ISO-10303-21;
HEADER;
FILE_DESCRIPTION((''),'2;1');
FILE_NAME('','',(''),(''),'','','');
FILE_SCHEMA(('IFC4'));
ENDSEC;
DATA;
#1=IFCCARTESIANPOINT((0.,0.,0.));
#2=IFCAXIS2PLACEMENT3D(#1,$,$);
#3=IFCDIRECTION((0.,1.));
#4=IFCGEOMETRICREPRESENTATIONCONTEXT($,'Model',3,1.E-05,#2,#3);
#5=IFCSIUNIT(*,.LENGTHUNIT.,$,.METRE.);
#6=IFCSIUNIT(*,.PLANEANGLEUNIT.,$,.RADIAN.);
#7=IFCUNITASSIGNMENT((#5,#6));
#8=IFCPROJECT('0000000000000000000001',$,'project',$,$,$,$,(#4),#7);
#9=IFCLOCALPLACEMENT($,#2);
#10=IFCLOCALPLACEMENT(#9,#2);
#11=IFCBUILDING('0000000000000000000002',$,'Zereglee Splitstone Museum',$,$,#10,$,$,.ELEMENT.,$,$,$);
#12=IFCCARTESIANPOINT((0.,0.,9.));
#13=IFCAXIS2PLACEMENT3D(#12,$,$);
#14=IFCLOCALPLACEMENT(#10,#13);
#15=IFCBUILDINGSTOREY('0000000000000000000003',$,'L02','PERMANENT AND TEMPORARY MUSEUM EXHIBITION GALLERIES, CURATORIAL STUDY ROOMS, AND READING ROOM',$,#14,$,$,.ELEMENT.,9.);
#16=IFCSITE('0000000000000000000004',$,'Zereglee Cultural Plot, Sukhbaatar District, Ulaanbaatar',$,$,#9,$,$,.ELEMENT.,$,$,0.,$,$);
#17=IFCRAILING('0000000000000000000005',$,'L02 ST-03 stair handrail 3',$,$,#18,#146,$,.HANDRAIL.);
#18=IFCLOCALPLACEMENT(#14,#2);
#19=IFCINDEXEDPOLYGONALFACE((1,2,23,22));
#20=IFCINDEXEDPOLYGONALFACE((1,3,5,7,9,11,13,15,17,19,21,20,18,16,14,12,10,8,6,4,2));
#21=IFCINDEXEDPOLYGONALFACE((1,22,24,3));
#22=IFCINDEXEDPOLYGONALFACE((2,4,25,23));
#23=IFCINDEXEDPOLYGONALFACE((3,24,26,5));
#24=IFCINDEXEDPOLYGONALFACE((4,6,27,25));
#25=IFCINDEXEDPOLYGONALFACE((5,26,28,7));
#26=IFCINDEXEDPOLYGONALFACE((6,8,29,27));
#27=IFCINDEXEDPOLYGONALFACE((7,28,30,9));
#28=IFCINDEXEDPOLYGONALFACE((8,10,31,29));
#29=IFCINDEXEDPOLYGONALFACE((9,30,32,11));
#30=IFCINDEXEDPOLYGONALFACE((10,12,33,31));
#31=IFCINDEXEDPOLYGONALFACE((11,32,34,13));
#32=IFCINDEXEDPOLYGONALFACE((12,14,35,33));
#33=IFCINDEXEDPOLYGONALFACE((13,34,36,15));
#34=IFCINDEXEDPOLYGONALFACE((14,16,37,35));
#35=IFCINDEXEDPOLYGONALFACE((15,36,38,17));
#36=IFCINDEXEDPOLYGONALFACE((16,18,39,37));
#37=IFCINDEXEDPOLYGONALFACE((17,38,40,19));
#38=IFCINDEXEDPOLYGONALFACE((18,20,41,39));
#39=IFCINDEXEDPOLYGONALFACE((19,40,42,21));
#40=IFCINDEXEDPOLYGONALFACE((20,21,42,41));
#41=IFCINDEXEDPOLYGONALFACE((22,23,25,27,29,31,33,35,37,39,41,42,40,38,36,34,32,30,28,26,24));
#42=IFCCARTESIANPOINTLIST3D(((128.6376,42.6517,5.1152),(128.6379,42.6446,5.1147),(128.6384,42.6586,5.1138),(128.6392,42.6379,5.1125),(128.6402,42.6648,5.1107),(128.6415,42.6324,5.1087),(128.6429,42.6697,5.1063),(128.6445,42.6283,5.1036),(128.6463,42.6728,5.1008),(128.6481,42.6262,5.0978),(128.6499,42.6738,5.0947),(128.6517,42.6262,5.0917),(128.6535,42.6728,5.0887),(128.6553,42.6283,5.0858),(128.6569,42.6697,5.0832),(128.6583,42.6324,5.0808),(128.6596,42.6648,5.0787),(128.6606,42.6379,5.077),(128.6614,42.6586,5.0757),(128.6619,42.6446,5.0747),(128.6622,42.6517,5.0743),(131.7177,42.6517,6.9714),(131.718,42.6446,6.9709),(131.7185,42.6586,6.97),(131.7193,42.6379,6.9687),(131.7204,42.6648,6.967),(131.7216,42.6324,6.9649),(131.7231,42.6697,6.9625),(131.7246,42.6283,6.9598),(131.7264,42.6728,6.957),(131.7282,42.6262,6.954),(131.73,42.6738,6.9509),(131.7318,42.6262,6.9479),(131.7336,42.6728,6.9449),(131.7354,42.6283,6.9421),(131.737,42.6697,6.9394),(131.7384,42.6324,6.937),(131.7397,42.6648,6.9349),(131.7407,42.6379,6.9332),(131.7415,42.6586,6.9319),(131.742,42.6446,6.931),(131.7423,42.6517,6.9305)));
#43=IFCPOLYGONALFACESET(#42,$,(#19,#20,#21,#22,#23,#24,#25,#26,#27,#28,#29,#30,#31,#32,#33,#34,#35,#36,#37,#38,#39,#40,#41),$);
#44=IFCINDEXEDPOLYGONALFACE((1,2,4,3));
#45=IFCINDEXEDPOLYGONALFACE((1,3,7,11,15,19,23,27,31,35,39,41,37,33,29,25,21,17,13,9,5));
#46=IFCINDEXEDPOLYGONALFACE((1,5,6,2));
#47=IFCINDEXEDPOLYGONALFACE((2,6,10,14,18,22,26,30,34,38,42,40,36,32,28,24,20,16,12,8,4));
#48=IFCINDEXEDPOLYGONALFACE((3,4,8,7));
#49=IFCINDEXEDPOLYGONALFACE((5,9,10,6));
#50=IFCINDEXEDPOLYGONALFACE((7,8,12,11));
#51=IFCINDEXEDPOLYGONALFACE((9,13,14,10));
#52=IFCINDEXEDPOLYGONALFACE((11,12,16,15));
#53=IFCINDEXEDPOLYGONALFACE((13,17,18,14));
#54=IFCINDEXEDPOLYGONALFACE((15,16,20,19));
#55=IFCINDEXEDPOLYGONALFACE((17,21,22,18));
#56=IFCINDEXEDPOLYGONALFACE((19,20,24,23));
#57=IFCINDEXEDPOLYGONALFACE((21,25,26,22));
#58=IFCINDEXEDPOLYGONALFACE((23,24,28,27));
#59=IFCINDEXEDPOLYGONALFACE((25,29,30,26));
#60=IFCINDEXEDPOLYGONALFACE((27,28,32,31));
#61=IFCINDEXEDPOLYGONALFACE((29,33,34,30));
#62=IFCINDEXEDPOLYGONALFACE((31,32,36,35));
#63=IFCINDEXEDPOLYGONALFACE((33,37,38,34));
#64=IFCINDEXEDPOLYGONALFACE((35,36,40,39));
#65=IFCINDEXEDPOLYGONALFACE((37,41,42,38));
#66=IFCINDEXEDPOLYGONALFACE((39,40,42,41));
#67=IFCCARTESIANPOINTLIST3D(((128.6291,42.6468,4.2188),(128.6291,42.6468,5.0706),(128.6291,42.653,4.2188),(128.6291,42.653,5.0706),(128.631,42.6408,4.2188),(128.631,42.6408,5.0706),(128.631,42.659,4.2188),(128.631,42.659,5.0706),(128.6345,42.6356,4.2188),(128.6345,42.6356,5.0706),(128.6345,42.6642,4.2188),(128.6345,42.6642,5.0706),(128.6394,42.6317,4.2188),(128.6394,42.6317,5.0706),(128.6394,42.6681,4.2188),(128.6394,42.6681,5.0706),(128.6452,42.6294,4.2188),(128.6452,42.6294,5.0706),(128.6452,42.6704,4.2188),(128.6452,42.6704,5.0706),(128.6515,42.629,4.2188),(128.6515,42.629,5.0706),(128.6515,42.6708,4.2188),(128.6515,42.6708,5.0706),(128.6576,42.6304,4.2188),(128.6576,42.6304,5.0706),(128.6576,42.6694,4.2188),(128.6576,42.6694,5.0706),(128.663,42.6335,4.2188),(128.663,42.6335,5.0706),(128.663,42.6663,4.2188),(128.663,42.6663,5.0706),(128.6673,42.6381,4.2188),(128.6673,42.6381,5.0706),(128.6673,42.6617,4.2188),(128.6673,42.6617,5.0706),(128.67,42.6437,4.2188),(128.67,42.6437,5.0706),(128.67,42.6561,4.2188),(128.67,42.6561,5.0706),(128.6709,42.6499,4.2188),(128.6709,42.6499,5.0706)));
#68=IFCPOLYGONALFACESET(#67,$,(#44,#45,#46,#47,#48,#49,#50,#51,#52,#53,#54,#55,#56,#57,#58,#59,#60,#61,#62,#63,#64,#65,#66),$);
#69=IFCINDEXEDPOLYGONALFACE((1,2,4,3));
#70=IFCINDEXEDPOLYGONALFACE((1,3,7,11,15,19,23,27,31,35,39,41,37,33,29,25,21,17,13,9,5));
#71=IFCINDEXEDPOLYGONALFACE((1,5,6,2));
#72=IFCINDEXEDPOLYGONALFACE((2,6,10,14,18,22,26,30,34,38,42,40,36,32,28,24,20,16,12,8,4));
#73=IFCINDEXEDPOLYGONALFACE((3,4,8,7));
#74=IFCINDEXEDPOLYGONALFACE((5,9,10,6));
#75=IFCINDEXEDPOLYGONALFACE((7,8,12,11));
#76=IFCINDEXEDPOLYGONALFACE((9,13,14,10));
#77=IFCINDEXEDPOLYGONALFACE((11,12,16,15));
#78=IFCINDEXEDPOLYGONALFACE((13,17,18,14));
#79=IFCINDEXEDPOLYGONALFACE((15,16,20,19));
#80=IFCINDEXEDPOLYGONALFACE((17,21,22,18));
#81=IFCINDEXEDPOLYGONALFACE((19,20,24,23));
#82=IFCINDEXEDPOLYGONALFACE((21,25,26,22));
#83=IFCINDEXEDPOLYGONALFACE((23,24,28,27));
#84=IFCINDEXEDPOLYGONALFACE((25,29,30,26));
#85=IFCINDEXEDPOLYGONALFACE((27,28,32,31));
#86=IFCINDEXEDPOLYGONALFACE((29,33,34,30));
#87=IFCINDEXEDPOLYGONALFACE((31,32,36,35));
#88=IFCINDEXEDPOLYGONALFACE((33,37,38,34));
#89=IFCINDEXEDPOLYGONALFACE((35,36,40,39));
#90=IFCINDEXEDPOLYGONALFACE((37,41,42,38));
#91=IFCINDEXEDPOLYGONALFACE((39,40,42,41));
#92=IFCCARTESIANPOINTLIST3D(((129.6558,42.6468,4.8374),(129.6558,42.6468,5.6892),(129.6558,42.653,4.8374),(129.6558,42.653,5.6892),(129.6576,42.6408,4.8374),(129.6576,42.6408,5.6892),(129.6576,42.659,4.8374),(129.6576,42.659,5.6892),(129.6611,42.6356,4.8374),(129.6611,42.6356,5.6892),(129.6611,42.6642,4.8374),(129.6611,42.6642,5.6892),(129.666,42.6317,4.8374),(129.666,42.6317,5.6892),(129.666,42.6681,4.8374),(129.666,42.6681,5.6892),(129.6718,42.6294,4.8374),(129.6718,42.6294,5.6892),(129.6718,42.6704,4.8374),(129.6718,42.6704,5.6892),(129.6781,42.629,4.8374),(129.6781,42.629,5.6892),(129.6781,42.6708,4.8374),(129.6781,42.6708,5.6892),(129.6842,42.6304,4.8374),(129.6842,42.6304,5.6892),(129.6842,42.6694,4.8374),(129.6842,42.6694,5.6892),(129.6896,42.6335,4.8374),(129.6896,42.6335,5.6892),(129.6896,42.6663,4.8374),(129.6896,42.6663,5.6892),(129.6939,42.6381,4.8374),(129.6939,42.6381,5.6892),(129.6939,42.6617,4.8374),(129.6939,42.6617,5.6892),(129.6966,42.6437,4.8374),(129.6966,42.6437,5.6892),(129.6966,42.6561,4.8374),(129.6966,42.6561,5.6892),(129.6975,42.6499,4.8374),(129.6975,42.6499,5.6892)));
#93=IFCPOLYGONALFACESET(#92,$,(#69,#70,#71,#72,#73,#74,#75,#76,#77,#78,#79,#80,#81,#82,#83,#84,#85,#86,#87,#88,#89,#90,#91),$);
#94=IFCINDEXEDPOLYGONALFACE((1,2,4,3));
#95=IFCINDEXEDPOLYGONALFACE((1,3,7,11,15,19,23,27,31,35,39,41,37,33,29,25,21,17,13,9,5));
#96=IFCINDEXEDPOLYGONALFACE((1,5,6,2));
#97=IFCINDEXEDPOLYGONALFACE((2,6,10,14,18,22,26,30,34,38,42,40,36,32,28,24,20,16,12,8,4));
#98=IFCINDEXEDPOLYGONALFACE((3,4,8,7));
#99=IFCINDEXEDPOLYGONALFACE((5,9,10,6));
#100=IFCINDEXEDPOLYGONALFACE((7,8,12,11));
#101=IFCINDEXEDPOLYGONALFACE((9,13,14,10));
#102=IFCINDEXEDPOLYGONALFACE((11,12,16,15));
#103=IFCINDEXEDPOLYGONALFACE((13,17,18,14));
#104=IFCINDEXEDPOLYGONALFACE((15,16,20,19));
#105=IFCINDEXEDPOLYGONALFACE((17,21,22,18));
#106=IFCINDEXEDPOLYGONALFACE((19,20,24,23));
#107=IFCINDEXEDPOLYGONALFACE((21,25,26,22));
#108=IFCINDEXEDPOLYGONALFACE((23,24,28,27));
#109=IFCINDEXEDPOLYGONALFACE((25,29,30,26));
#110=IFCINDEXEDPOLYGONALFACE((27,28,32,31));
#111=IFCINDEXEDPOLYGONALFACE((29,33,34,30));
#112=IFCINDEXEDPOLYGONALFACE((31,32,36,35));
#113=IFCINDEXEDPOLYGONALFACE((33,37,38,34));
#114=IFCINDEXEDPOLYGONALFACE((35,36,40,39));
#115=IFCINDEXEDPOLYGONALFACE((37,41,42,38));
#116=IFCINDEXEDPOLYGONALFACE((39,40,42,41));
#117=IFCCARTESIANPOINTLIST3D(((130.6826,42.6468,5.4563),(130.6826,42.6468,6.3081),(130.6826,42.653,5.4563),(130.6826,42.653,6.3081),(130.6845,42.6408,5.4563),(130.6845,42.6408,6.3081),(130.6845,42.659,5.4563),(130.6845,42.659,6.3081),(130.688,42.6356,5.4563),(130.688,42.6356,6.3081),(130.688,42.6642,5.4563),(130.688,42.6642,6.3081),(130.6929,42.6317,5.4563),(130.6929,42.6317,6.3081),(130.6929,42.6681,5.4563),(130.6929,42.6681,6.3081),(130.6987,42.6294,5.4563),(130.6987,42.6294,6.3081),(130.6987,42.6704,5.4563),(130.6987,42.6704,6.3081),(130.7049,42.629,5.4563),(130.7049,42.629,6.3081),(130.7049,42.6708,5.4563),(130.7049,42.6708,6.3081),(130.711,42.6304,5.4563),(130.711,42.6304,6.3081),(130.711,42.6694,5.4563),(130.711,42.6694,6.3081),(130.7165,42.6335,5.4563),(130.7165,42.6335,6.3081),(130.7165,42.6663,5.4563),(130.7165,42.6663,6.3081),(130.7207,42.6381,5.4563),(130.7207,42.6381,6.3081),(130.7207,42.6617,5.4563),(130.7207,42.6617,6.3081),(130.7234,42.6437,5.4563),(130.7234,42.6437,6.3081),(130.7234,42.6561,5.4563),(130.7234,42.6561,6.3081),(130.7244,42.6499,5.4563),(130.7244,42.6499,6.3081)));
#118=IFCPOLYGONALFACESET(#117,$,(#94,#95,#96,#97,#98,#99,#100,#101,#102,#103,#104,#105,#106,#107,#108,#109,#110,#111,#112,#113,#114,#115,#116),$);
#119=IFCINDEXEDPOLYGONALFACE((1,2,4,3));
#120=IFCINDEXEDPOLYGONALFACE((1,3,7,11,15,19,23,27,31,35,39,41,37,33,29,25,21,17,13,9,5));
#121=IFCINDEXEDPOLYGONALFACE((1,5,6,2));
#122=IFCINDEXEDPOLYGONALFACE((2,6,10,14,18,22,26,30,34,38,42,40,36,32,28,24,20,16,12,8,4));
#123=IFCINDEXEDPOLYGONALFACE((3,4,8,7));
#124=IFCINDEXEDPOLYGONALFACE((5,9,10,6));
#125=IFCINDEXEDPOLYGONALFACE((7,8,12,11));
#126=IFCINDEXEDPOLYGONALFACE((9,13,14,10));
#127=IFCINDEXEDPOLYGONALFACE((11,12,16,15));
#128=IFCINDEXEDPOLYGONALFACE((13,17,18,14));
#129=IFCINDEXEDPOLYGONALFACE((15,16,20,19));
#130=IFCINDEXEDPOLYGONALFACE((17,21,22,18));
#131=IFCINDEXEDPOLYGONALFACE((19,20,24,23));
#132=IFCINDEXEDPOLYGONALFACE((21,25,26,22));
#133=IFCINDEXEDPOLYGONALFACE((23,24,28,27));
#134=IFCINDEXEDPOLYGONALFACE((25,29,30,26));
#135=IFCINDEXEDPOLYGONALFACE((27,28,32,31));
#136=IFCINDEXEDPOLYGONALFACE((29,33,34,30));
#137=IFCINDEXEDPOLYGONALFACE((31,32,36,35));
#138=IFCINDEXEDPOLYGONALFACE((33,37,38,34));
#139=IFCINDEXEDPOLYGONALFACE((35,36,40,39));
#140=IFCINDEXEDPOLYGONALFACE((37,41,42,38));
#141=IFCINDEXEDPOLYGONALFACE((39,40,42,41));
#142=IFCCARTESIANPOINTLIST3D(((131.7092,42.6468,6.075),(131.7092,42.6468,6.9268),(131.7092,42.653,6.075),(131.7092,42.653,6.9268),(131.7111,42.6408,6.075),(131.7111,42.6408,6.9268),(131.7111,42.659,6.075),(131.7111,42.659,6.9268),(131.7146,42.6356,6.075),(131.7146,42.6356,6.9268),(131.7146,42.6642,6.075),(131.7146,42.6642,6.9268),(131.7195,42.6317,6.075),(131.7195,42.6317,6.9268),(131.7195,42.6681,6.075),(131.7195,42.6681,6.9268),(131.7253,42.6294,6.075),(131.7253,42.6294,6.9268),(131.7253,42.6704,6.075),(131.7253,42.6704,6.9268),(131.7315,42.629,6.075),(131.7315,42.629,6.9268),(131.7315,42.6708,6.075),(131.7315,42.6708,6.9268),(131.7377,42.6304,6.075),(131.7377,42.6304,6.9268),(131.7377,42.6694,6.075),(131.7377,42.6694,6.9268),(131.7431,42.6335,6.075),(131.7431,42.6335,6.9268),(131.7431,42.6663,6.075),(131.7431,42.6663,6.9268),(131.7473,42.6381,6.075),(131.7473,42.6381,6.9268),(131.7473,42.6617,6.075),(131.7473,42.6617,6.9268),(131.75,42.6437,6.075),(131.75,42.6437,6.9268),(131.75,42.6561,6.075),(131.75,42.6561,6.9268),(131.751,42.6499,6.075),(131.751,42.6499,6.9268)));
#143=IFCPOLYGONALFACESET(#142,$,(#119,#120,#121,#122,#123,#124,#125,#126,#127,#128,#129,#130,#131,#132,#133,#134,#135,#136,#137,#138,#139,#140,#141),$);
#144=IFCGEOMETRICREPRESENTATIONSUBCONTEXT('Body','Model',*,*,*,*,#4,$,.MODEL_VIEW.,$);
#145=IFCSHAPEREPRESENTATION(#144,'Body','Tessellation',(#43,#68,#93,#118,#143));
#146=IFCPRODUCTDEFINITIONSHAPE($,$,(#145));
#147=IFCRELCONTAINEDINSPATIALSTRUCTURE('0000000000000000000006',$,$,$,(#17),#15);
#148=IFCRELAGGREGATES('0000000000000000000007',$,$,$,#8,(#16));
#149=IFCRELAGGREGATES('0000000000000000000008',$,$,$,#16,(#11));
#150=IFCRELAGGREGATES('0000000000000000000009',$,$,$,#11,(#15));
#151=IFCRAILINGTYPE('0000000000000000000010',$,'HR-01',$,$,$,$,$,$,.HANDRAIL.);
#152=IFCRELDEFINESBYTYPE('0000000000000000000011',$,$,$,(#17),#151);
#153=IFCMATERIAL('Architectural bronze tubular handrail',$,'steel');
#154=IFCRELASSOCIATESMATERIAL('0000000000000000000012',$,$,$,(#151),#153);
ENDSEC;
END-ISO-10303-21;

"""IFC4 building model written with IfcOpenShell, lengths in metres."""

from ifc_helpers import new_model, si_unit, direction, frame, origin, origin_2d, place, context, subcontext, project, spatial, circle, extrude, material, type_object, element, save


model = new_model("IFC4")

# Units and contexts
model_context = context("Model", 3, precision=1e-05, world=origin(), true_north=direction((0.0, 1.0)))
body_context = subcontext(model_context, "Body", "Model", "MODEL_VIEW")
ifc_project = project(units=[si_unit("LENGTHUNIT", "METRE"), si_unit("PLANEANGLEUNIT", "RADIAN")], contexts=[model_context])

# Site, building, storey
site_placement = place(None, origin())
site = spatial("IfcSite", under=ifc_project, at=site_placement, Name="Zereglee Cultural Plot, Sukhbaatar District, Ulaanbaatar", CompositionType="ELEMENT", RefElevation=0.0)
building_placement = place(site_placement, origin())
building = spatial("IfcBuilding", under=site, at=building_placement, Name="Zereglee Splitstone Museum", CompositionType="ELEMENT")
storey_placement = place(building_placement, frame((0.0, 0.0, 9.0)))
storey = spatial("IfcBuildingStorey", under=building, at=storey_placement, Name="L02", Description="PERMANENT AND TEMPORARY MUSEUM EXHIBITION GALLERIES, CURATORIAL STUDY ROOMS, AND READING ROOM", CompositionType="ELEMENT", Elevation=9.0)

# Railing
ifc_material_1 = material(Name="Architectural bronze tubular handrail", Category="steel")
railing_type_1 = type_object("IfcRailingType", Name="HR-01", PredefinedType="HANDRAIL", material=ifc_material_1)
railing_1_placement = place(storey_placement, frame((128.6499, 42.6499, 4.2188)))
element("IfcRailing", 1, at=railing_1_placement, inside=storey, type_object=railing_type_1, Name="L02 ST-03 stair handrail 3", PredefinedType="HANDRAIL", context=body_context, shape_type="SweptSolid", body=[
    extrude(circle(Radius=0.0239, at=origin_2d()), frame((0.0, 0.0, 0.876), z_axis=(0.856491, 0.0, 0.516162), x_axis=(0.0, 1.0, 0.0)), (0.0, 0.0, 1.0), 3.5962),
    extrude(circle(Radius=0.021, at=origin_2d()), origin(), (0.0, 0.0, 1.0), 0.8518),
    extrude(circle(Radius=0.021, at=origin_2d()), frame((1.0266, 0.0, 0.6187)), (0.0, 0.0, 1.0), 0.8518),
    extrude(circle(Radius=0.021, at=origin_2d()), frame((2.0535, 0.0, 1.2375)), (0.0, 0.0, 1.0), 0.8518),
    extrude(circle(Radius=0.021, at=origin_2d()), frame((3.0801, 0.0, 1.8562)), (0.0, 0.0, 1.0), 0.8518),
])

save(model, "model.ifc")
